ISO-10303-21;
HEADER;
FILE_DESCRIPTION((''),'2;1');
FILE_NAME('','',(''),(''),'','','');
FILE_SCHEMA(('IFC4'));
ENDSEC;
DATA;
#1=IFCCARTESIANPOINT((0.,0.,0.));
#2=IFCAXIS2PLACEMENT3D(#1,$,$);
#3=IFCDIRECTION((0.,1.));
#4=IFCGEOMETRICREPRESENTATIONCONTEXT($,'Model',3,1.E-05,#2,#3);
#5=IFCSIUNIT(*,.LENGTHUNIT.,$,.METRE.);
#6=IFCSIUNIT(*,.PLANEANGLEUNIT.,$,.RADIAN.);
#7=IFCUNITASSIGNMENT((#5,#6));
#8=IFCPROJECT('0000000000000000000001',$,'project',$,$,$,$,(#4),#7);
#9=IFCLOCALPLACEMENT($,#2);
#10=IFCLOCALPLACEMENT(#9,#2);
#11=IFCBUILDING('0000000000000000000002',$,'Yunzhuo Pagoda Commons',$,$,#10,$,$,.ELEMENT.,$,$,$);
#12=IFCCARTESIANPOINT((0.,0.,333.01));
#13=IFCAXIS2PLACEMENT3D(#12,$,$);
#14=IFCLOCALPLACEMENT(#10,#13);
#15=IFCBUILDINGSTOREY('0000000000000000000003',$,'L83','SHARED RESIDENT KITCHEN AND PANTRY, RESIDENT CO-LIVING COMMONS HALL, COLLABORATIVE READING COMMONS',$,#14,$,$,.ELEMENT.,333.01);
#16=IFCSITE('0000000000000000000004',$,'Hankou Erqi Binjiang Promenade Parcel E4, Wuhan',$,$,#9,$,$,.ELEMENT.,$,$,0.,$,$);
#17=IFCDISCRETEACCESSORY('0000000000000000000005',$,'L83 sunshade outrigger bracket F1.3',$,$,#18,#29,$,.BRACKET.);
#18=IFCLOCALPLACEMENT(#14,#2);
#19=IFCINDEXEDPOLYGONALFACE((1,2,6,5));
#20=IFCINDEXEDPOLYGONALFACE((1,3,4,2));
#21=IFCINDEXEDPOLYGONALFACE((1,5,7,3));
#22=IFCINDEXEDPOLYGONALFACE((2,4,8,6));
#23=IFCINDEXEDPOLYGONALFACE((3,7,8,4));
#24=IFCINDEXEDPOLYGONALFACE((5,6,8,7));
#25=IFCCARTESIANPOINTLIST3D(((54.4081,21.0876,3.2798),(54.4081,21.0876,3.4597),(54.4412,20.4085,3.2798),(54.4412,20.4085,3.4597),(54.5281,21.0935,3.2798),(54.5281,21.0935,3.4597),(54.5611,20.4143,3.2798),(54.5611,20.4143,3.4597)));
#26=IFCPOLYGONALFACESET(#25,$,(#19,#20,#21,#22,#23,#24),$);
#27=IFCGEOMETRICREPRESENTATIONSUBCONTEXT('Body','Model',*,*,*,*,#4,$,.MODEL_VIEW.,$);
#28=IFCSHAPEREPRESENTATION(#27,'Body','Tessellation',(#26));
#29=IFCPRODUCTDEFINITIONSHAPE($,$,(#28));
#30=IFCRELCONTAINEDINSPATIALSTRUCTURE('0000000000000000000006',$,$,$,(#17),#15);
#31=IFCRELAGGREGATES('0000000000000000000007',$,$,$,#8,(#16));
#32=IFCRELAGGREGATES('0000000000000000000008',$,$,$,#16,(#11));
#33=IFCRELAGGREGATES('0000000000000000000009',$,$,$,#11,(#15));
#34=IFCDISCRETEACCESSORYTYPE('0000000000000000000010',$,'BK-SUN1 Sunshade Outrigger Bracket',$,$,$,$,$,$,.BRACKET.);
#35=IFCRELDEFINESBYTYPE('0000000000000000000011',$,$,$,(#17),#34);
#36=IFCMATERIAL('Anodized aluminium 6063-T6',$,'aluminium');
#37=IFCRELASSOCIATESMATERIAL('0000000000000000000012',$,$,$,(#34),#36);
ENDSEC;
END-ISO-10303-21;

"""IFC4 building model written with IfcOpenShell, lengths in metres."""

from ifc_helpers import new_model, si_unit, direction, frame, origin, origin_2d, place, context, subcontext, project, spatial, rectangle, extrude, source, transform, mapped, material, type_object, element, save


model = new_model("IFC4")

# Units and contexts
model_context = context("Model", 3, precision=1e-05, world=origin(), true_north=direction((0.0, 1.0)))
body_context = subcontext(model_context, "Body", "Model", "MODEL_VIEW")
ifc_project = project(units=[si_unit("LENGTHUNIT", "METRE"), si_unit("PLANEANGLEUNIT", "RADIAN")], contexts=[model_context])

# Site, building, storey
site_placement = place(None, origin())
site = spatial("IfcSite", under=ifc_project, at=site_placement, Name="Hankou Erqi Binjiang Promenade Parcel E4, Wuhan", CompositionType="ELEMENT", RefElevation=0.0)
building_placement = place(site_placement, origin())
building = spatial("IfcBuilding", under=site, at=building_placement, Name="Yunzhuo Pagoda Commons", CompositionType="ELEMENT")
storey_placement = place(building_placement, frame((0.0, 0.0, 333.01)))
storey = spatial("IfcBuildingStorey", under=building, at=storey_placement, Name="L83", Description="SHARED RESIDENT KITCHEN AND PANTRY, RESIDENT CO-LIVING COMMONS HALL, COLLABORATIVE READING COMMONS", CompositionType="ELEMENT", Elevation=333.01)

# Shared definitions
ifc_material_1 = material(Name="Anodized aluminium 6063-T6", Category="aluminium")

# Discrete accessory
discrete_accessory_type = type_object("IfcDiscreteAccessoryType", Name="BK-SUN1 Sunshade Outrigger Bracket", PredefinedType="BRACKET", material=ifc_material_1)
shared_shape_1 = source(origin(), body_context, "Body", "SweptSolid", [
    extrude(rectangle(XDim=0.1201, YDim=0.6799, at=origin_2d()), origin(), (0.0, 0.0, 1.0), 0.1799),
])
discrete_accessory_placement = place(storey_placement, frame((54.4846, 20.751, 3.2798), z_axis=(0.0, 0.0, 1.0), x_axis=(0.998818, 0.048606, 0.0)))
element("IfcDiscreteAccessory", 1, at=discrete_accessory_placement, inside=storey, type_object=discrete_accessory_type, Name="L83 sunshade outrigger bracket F1.3", PredefinedType="BRACKET", context=body_context, shape_type="MappedRepresentation", body=[
    mapped(shared_shape_1, transform((0.0, 0.0, 0.0), scale=1.0)),
])

save(model, "model.ifc")
